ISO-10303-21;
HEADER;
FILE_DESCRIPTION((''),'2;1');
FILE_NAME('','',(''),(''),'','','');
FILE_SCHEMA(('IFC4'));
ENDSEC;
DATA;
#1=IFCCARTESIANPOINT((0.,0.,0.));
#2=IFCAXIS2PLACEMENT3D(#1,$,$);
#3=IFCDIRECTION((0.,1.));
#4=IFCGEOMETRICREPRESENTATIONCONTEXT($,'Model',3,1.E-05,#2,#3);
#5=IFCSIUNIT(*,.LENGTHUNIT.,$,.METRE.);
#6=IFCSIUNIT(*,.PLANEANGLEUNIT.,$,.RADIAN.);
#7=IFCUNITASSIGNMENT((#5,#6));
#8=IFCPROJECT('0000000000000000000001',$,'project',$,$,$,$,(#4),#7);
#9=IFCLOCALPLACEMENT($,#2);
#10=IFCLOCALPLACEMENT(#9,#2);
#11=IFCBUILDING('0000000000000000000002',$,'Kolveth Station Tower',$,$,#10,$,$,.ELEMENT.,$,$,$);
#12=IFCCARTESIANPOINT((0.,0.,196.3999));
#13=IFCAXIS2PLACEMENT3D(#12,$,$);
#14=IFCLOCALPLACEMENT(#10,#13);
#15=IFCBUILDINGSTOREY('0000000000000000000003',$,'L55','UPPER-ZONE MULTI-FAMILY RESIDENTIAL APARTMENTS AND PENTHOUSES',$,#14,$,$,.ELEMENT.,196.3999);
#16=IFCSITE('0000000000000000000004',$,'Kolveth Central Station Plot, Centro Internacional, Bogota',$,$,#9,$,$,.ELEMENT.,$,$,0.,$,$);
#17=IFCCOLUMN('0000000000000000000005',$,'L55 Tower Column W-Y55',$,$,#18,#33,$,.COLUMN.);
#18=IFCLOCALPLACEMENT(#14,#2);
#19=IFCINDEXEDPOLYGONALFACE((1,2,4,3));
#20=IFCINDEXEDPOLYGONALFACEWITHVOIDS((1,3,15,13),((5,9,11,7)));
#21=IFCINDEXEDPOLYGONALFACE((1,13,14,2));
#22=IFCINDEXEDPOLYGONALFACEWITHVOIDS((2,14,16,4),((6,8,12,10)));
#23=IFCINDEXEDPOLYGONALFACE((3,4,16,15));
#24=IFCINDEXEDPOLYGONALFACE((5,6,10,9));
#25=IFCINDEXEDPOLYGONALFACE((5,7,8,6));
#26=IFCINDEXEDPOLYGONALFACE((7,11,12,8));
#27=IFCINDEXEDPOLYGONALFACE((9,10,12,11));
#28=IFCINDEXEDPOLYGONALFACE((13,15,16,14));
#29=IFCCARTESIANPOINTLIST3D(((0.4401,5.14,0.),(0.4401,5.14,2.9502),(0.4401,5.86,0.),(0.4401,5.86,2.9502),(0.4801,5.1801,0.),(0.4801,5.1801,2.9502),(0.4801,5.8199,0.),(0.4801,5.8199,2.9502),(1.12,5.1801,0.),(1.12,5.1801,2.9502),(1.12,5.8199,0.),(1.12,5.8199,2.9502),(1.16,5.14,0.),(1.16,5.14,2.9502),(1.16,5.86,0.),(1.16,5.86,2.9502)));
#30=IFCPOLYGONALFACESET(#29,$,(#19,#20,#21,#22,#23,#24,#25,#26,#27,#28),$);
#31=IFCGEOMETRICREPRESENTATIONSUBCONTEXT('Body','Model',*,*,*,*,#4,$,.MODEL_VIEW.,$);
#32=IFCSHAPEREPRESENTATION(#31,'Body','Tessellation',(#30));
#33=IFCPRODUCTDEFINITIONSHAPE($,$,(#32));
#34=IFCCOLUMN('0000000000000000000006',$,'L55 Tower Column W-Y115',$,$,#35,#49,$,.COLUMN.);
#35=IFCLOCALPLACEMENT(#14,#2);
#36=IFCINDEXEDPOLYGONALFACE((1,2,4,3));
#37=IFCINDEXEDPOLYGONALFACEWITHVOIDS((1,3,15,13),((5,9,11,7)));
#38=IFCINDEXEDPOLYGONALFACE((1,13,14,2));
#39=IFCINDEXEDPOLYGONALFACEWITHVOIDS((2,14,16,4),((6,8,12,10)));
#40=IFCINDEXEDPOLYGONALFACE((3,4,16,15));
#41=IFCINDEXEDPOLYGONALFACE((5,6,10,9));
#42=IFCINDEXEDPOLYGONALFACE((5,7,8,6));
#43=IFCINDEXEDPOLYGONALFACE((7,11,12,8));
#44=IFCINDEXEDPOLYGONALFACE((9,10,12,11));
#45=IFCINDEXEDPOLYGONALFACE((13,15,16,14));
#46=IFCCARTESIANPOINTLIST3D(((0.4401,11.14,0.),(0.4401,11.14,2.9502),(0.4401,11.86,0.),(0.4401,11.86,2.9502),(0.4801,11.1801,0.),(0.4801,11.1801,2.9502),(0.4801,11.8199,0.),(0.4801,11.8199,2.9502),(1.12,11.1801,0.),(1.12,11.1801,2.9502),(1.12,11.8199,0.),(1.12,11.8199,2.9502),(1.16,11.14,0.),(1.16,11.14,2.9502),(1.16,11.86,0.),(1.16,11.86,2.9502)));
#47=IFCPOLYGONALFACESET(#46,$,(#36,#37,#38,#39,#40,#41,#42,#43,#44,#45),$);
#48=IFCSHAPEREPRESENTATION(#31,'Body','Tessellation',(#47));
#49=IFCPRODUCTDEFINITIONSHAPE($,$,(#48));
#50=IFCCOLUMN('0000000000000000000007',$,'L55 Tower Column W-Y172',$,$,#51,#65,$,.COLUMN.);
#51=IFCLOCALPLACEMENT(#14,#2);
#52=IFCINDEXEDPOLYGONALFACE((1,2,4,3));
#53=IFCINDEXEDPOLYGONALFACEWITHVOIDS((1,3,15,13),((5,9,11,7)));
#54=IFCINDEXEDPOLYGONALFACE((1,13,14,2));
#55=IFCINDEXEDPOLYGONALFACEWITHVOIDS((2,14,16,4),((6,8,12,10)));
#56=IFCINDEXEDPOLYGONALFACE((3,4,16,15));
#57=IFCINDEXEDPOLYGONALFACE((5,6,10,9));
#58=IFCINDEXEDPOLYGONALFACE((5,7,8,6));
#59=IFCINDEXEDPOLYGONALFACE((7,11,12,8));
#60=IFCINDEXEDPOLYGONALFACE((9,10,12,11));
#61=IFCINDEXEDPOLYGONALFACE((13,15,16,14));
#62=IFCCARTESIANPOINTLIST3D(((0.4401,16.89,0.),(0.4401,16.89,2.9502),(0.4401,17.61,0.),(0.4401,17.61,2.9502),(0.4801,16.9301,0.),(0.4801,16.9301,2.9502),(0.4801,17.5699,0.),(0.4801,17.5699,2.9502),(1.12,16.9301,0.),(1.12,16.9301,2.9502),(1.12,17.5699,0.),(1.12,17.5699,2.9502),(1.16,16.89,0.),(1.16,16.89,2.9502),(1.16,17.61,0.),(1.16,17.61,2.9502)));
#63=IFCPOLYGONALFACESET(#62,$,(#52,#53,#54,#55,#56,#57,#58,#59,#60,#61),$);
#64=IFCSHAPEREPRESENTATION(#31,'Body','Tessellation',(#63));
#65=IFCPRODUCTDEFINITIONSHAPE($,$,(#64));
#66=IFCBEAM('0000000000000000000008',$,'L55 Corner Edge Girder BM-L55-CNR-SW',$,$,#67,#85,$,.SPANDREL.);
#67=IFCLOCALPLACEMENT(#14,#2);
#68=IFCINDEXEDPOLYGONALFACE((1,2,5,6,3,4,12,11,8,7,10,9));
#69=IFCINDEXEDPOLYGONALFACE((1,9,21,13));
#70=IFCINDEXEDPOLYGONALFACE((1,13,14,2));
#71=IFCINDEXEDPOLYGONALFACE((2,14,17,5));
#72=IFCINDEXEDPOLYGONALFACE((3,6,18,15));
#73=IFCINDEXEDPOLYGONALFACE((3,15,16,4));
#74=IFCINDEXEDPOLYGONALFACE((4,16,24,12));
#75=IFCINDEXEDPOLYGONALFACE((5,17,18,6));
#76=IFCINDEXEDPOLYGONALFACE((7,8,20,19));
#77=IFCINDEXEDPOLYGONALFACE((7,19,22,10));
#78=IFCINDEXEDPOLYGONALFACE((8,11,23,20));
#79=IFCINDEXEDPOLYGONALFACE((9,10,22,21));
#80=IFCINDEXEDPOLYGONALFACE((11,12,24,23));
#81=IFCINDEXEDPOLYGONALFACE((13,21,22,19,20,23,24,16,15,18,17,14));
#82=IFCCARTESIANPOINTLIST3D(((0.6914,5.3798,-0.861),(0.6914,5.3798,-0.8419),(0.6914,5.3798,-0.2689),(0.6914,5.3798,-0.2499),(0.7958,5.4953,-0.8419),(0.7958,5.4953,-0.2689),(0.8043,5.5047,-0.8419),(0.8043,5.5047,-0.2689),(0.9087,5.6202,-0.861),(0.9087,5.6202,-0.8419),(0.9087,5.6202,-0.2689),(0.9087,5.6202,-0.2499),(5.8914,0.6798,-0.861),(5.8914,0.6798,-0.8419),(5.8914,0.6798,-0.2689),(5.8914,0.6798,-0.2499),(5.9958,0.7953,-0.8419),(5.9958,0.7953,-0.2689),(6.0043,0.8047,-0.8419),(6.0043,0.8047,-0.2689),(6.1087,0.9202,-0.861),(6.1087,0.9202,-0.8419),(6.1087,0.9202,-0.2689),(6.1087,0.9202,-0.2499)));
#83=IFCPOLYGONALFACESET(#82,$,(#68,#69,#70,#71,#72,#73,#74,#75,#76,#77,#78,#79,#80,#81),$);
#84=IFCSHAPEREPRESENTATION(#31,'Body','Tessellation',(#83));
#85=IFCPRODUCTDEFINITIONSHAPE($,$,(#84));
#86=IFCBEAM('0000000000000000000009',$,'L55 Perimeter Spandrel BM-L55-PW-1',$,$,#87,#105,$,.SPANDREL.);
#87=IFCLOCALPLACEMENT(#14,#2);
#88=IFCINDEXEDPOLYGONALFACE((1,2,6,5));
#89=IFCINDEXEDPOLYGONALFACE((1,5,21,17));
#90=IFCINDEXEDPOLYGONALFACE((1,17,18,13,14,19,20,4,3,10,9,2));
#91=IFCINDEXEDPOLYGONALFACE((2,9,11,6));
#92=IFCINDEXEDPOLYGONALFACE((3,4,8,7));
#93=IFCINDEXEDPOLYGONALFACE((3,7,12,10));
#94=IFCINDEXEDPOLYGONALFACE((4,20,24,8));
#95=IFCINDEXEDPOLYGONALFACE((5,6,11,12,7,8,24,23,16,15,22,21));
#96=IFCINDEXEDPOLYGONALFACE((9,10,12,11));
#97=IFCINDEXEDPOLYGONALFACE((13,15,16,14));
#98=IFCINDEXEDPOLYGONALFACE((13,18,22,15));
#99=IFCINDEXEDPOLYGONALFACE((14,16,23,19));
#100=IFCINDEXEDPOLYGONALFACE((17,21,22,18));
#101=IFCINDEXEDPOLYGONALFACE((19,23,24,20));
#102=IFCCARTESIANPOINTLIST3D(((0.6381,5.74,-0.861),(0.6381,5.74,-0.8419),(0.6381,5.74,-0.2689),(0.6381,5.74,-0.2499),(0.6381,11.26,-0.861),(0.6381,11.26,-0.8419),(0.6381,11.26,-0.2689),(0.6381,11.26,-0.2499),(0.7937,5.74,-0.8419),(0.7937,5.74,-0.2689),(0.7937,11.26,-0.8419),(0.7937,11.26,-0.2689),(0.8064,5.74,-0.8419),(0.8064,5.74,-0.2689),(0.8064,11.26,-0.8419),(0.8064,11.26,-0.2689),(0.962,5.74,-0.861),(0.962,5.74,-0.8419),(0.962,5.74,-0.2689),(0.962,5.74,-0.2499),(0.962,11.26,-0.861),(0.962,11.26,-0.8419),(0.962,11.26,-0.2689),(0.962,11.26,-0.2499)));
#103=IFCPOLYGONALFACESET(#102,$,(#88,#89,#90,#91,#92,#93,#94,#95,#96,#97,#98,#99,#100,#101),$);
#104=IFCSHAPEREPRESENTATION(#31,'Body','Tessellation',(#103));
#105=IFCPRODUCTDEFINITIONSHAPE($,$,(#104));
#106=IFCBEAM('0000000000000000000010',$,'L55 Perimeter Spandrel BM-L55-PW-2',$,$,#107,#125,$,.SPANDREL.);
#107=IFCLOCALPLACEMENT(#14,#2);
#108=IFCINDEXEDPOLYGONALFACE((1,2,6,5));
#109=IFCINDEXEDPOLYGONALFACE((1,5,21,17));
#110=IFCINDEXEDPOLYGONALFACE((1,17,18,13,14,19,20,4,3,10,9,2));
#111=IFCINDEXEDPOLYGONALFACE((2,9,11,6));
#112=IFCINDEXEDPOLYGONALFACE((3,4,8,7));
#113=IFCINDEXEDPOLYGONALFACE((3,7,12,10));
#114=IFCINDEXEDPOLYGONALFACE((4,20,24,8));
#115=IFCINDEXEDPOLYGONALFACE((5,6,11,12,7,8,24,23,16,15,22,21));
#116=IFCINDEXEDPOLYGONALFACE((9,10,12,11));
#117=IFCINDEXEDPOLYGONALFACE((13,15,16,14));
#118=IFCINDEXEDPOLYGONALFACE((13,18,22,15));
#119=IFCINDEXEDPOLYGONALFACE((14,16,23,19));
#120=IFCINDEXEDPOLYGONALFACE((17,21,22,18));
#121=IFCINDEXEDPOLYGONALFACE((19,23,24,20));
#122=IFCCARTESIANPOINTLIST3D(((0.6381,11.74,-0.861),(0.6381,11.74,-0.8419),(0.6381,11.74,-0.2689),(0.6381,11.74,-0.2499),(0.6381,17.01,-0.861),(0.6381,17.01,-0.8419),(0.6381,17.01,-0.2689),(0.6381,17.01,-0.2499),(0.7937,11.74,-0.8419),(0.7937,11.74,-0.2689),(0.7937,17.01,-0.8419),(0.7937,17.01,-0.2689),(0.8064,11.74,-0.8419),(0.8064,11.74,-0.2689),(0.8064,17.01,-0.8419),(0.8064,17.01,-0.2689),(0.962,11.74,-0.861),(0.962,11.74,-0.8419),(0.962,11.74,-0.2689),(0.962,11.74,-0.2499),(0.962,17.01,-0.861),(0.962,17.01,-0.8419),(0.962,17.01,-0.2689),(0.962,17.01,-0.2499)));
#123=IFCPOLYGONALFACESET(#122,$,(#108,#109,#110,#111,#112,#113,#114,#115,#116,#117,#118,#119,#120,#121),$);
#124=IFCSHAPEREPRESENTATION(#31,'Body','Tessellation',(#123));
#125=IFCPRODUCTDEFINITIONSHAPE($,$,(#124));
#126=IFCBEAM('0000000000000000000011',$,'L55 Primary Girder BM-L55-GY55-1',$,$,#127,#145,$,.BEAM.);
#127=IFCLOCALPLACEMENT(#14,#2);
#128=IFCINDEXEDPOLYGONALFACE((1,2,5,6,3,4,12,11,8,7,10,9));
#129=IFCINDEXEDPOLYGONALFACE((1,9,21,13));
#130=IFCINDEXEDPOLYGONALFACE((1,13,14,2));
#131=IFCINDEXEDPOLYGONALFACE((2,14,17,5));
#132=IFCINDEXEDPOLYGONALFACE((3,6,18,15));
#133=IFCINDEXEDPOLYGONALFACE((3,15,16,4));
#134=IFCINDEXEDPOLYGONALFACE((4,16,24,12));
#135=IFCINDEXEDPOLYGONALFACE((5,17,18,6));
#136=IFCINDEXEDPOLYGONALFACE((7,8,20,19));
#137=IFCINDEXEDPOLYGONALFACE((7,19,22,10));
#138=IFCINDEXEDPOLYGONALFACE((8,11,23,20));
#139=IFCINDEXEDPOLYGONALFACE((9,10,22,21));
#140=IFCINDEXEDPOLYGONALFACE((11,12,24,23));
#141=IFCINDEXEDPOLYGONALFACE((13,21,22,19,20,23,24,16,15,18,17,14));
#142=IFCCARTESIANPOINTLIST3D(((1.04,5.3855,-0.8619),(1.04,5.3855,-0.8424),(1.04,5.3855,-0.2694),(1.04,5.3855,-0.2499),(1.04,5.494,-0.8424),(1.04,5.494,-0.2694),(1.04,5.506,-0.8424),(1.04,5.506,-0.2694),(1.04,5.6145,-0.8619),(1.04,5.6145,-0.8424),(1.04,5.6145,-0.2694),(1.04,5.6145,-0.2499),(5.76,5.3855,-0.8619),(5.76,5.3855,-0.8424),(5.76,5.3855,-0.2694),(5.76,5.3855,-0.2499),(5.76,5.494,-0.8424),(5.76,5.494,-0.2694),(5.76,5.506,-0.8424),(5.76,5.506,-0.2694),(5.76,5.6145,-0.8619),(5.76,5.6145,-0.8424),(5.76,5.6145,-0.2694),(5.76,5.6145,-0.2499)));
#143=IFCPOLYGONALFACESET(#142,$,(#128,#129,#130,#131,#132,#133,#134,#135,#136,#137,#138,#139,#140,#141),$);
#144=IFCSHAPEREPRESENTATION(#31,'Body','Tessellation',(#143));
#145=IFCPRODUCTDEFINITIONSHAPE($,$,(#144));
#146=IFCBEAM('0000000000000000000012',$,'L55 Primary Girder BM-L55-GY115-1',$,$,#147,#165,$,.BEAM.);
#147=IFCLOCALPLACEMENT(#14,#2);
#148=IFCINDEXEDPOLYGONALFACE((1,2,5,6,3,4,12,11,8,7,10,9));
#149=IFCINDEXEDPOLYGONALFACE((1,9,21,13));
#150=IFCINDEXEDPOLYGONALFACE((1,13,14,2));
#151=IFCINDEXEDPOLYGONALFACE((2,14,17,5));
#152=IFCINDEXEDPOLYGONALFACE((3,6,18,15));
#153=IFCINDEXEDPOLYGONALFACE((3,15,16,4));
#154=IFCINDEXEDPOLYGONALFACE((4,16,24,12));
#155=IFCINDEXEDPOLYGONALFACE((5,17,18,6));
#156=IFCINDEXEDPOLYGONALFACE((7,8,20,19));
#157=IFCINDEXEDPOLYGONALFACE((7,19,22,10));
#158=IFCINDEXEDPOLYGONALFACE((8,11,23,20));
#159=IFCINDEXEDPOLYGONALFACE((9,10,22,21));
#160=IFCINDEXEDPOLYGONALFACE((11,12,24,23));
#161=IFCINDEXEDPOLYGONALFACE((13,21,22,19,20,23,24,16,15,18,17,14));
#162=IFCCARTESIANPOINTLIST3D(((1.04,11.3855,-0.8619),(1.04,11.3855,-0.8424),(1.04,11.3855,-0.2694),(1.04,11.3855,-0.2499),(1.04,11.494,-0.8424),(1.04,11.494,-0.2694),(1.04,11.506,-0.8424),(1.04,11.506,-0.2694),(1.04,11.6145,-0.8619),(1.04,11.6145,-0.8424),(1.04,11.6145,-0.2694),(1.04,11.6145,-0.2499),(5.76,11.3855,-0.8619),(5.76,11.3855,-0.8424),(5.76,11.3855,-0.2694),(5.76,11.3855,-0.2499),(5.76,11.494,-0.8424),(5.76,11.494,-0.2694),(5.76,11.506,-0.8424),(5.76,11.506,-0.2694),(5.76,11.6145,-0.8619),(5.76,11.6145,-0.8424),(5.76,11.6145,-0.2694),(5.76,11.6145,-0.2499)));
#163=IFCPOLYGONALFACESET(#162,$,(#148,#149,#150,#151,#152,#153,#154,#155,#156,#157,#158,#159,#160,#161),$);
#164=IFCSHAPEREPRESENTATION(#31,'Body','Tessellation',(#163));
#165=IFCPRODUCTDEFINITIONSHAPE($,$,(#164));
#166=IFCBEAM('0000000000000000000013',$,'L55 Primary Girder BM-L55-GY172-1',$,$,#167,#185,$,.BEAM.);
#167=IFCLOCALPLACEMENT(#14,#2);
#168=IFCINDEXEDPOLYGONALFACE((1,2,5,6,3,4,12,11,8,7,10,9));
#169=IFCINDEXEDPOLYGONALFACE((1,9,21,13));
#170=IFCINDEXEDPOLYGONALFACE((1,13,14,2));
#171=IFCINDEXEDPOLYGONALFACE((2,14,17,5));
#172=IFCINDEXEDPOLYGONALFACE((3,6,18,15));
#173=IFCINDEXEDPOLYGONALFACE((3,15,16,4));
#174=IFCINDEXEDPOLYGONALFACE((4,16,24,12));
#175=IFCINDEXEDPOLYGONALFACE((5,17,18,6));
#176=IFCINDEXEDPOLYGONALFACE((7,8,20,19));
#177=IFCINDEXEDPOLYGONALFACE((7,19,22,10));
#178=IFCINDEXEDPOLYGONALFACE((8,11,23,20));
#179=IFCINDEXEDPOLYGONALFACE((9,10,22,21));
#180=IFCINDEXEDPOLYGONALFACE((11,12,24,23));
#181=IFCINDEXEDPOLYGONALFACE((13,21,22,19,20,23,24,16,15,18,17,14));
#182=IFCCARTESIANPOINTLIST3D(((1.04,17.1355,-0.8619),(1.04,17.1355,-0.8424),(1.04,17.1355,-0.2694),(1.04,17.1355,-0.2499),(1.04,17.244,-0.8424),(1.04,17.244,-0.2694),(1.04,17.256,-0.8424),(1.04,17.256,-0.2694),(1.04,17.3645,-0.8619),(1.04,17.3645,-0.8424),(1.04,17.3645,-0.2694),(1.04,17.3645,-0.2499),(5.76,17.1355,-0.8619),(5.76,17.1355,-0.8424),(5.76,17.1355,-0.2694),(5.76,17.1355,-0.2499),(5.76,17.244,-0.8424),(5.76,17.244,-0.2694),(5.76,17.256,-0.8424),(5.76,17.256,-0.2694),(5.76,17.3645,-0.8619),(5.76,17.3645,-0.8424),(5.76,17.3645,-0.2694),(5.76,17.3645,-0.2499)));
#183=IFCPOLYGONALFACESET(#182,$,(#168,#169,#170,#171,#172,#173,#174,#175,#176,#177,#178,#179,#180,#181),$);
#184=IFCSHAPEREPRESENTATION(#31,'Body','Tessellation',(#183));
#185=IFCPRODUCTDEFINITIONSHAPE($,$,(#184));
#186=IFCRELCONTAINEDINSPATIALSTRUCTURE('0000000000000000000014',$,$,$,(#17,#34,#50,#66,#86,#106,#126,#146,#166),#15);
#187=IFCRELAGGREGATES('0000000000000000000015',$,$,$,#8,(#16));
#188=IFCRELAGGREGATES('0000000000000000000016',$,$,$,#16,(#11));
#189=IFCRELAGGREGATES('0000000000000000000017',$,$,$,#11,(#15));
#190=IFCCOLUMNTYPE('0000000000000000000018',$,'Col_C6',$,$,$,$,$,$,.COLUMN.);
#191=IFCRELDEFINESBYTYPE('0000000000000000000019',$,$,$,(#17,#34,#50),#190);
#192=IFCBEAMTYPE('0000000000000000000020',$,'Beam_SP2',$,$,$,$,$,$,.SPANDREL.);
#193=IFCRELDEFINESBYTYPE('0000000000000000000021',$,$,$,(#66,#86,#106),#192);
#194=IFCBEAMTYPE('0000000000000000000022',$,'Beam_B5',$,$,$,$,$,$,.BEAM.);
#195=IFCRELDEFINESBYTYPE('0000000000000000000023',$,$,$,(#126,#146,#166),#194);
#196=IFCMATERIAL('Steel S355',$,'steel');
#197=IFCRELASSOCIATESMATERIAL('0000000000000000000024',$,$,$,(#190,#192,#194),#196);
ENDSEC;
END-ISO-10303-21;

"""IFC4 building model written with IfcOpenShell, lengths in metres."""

from ifc_helpers import new_model, si_unit, direction, frame, origin, origin_2d, place, context, subcontext, project, spatial, hollow_rectangle, i_section, extrude, source, transform, mapped, material, material_profile, profile_set, type_object, element, save


model = new_model("IFC4")

# Units and contexts
model_context = context("Model", 3, precision=1e-05, world=origin(), true_north=direction((0.0, 1.0)))
body_context = subcontext(model_context, "Body", "Model", "MODEL_VIEW")
ifc_project = project(units=[si_unit("LENGTHUNIT", "METRE"), si_unit("PLANEANGLEUNIT", "RADIAN")], contexts=[model_context])

# Site, building, storey
site_placement = place(None, origin())
site = spatial("IfcSite", under=ifc_project, at=site_placement, Name="Kolveth Central Station Plot, Centro Internacional, Bogota", CompositionType="ELEMENT", RefElevation=0.0)
building_placement = place(site_placement, origin())
building = spatial("IfcBuilding", under=site, at=building_placement, Name="Kolveth Station Tower", CompositionType="ELEMENT")
storey_placement = place(building_placement, frame((0.0, 0.0, 196.3999)))
storey = spatial("IfcBuildingStorey", under=building, at=storey_placement, Name="L55", Description="UPPER-ZONE MULTI-FAMILY RESIDENTIAL APARTMENTS AND PENTHOUSES", CompositionType="ELEMENT", Elevation=196.3999)

# Columns
ifc_material_1 = material(Name="Steel S355", Category="steel")
ifc_material_profile_1 = material_profile(ifc_material_1, hollow_rectangle(XDim=0.72, YDim=0.72, WallThickness=0.04, at=origin_2d()), Name="BOX720x720x40")
ifc_profile_set_1 = profile_set([ifc_material_profile_1], Name="Steel S355")
column_type = type_object("IfcColumnType", Name="Col_C6", PredefinedType="COLUMN", material=ifc_profile_set_1)
shared_shape_1 = source(origin(), body_context, "Body", "SweptSolid", [
    extrude(hollow_rectangle(XDim=0.72, YDim=0.72, WallThickness=0.04, at=origin_2d()), origin(), (0.0, 0.0, 1.0), 2.9502),
])
for number, where, z_axis, x_axis, name in (
    (1, (0.8, 5.5, 0.0), (0.0, 0.0, 1.0), (1.0, 0.0, 0.0), "L55 Tower Column W-Y55"),
    (2, (0.8, 11.5, 0.0), (0.0, 0.0, 1.0), (1.0, 0.0, 0.0), "L55 Tower Column W-Y115"),
    (3, (0.8, 17.25, 0.0), (0.0, 0.0, 1.0), (1.0, 0.0, 0.0), "L55 Tower Column W-Y172"),
):
    element("IfcColumn", number, at=place(storey_placement, frame(where, z_axis=z_axis, x_axis=x_axis)), inside=storey, type_object=column_type, Name=name, PredefinedType="COLUMN", context=body_context, shape_type="MappedRepresentation", body=[
        mapped(shared_shape_1, transform((0.0, 0.0, 0.0), x_axis=(1.0, 0.0, 0.0), y_axis=(0.0, 1.0, 0.0), z_axis=(0.0, 0.0, 1.0), scale=1.0)),
    ])

# Beams
ifc_material_profile_2 = material_profile(ifc_material_1, i_section(OverallWidth=0.324, OverallDepth=0.6111, WebThickness=0.0127, FlangeThickness=0.019, at=origin_2d()), Name="W610x155")
ifc_profile_set_2 = profile_set([ifc_material_profile_2], Name="Steel S355")
beam_type_1 = type_object("IfcBeamType", Name="Beam_SP2", PredefinedType="SPANDREL", material=ifc_profile_set_2)
shared_shape_2 = source(origin(), body_context, "Body", "SweptSolid", [
    extrude(i_section(OverallWidth=0.324, OverallDepth=0.6111, WebThickness=0.0127, FlangeThickness=0.019, at=origin_2d()), origin(), (0.0, 0.0, 1.0), 7.0093),
])
beam_1_placement = place(storey_placement, frame((0.8, 5.5, -0.5554), z_axis=(0.741874, -0.670539, 0.0), x_axis=(0.670539, 0.741874, 0.0)))
element("IfcBeam", 4, at=beam_1_placement, inside=storey, type_object=beam_type_1, Name="L55 Corner Edge Girder BM-L55-CNR-SW", PredefinedType="SPANDREL", context=body_context, shape_type="MappedRepresentation", body=[
    mapped(shared_shape_2, transform((0.0, 0.0, 0.0), x_axis=(1.0, 0.0, 0.0), y_axis=(0.0, 1.0, 0.0), z_axis=(0.0, 0.0, 1.0), scale=1.0)),
])
shared_shape_3 = source(origin(), body_context, "Body", "SweptSolid", [
    extrude(i_section(OverallWidth=0.324, OverallDepth=0.6111, WebThickness=0.0127, FlangeThickness=0.019, at=origin_2d()), origin(), (0.0, 0.0, 1.0), 5.52),
])
beam_2_placement = place(storey_placement, frame((0.8, 5.74, -0.5554), z_axis=(0.0, 1.0, 0.0), x_axis=(-1.0, 0.0, 0.0)))
element("IfcBeam", 5, at=beam_2_placement, inside=storey, type_object=beam_type_1, Name="L55 Perimeter Spandrel BM-L55-PW-1", PredefinedType="SPANDREL", context=body_context, shape_type="MappedRepresentation", body=[
    mapped(shared_shape_3, transform((0.0, 0.0, 0.0), x_axis=(1.0, 0.0, 0.0), y_axis=(0.0, 1.0, 0.0), z_axis=(0.0, 0.0, 1.0), scale=1.0)),
])
shared_shape_4 = source(origin(), body_context, "Body", "SweptSolid", [
    extrude(i_section(OverallWidth=0.324, OverallDepth=0.6111, WebThickness=0.0127, FlangeThickness=0.019, at=origin_2d()), origin(), (0.0, 0.0, 1.0), 5.27),
])
beam_3_placement = place(storey_placement, frame((0.8, 11.74, -0.5554), z_axis=(0.0, 1.0, 0.0), x_axis=(-1.0, 0.0, 0.0)))
element("IfcBeam", 6, at=beam_3_placement, inside=storey, type_object=beam_type_1, Name="L55 Perimeter Spandrel BM-L55-PW-2", PredefinedType="SPANDREL", context=body_context, shape_type="MappedRepresentation", body=[
    mapped(shared_shape_4, transform((0.0, 0.0, 0.0), x_axis=(1.0, 0.0, 0.0), y_axis=(0.0, 1.0, 0.0), z_axis=(0.0, 0.0, 1.0), scale=1.0)),
])
ifc_material_profile_3 = material_profile(ifc_material_1, i_section(OverallWidth=0.229, OverallDepth=0.6121, WebThickness=0.012, FlangeThickness=0.0195, at=origin_2d()), Name="W610x125")
ifc_profile_set_3 = profile_set([ifc_material_profile_3], Name="Steel S355")
beam_type_2 = type_object("IfcBeamType", Name="Beam_B5", PredefinedType="BEAM", material=ifc_profile_set_3)
shared_shape_5 = source(origin(), body_context, "Body", "SweptSolid", [
    extrude(i_section(OverallWidth=0.229, OverallDepth=0.6121, WebThickness=0.012, FlangeThickness=0.0195, at=origin_2d()), origin(), (0.0, 0.0, 1.0), 4.72),
])
for number, where, z_axis, x_axis, name in (
    (7, (1.04, 5.5, -0.5559), (1.0, 0.0, 0.0), (0.0, 1.0, 0.0), "L55 Primary Girder BM-L55-GY55-1"),
    (8, (1.04, 11.5, -0.5559), (1.0, 0.0, 0.0), (0.0, 1.0, 0.0), "L55 Primary Girder BM-L55-GY115-1"),
    (9, (1.04, 17.25, -0.5559), (1.0, 0.0, 0.0), (0.0, 1.0, 0.0), "L55 Primary Girder BM-L55-GY172-1"),
):
    element("IfcBeam", number, at=place(storey_placement, frame(where, z_axis=z_axis, x_axis=x_axis)), inside=storey, type_object=beam_type_2, Name=name, PredefinedType="BEAM", context=body_context, shape_type="MappedRepresentation", body=[
        mapped(shared_shape_5, transform((0.0, 0.0, 0.0), x_axis=(1.0, 0.0, 0.0), y_axis=(0.0, 1.0, 0.0), z_axis=(0.0, 0.0, 1.0), scale=1.0)),
    ])

save(model, "model.ifc")
